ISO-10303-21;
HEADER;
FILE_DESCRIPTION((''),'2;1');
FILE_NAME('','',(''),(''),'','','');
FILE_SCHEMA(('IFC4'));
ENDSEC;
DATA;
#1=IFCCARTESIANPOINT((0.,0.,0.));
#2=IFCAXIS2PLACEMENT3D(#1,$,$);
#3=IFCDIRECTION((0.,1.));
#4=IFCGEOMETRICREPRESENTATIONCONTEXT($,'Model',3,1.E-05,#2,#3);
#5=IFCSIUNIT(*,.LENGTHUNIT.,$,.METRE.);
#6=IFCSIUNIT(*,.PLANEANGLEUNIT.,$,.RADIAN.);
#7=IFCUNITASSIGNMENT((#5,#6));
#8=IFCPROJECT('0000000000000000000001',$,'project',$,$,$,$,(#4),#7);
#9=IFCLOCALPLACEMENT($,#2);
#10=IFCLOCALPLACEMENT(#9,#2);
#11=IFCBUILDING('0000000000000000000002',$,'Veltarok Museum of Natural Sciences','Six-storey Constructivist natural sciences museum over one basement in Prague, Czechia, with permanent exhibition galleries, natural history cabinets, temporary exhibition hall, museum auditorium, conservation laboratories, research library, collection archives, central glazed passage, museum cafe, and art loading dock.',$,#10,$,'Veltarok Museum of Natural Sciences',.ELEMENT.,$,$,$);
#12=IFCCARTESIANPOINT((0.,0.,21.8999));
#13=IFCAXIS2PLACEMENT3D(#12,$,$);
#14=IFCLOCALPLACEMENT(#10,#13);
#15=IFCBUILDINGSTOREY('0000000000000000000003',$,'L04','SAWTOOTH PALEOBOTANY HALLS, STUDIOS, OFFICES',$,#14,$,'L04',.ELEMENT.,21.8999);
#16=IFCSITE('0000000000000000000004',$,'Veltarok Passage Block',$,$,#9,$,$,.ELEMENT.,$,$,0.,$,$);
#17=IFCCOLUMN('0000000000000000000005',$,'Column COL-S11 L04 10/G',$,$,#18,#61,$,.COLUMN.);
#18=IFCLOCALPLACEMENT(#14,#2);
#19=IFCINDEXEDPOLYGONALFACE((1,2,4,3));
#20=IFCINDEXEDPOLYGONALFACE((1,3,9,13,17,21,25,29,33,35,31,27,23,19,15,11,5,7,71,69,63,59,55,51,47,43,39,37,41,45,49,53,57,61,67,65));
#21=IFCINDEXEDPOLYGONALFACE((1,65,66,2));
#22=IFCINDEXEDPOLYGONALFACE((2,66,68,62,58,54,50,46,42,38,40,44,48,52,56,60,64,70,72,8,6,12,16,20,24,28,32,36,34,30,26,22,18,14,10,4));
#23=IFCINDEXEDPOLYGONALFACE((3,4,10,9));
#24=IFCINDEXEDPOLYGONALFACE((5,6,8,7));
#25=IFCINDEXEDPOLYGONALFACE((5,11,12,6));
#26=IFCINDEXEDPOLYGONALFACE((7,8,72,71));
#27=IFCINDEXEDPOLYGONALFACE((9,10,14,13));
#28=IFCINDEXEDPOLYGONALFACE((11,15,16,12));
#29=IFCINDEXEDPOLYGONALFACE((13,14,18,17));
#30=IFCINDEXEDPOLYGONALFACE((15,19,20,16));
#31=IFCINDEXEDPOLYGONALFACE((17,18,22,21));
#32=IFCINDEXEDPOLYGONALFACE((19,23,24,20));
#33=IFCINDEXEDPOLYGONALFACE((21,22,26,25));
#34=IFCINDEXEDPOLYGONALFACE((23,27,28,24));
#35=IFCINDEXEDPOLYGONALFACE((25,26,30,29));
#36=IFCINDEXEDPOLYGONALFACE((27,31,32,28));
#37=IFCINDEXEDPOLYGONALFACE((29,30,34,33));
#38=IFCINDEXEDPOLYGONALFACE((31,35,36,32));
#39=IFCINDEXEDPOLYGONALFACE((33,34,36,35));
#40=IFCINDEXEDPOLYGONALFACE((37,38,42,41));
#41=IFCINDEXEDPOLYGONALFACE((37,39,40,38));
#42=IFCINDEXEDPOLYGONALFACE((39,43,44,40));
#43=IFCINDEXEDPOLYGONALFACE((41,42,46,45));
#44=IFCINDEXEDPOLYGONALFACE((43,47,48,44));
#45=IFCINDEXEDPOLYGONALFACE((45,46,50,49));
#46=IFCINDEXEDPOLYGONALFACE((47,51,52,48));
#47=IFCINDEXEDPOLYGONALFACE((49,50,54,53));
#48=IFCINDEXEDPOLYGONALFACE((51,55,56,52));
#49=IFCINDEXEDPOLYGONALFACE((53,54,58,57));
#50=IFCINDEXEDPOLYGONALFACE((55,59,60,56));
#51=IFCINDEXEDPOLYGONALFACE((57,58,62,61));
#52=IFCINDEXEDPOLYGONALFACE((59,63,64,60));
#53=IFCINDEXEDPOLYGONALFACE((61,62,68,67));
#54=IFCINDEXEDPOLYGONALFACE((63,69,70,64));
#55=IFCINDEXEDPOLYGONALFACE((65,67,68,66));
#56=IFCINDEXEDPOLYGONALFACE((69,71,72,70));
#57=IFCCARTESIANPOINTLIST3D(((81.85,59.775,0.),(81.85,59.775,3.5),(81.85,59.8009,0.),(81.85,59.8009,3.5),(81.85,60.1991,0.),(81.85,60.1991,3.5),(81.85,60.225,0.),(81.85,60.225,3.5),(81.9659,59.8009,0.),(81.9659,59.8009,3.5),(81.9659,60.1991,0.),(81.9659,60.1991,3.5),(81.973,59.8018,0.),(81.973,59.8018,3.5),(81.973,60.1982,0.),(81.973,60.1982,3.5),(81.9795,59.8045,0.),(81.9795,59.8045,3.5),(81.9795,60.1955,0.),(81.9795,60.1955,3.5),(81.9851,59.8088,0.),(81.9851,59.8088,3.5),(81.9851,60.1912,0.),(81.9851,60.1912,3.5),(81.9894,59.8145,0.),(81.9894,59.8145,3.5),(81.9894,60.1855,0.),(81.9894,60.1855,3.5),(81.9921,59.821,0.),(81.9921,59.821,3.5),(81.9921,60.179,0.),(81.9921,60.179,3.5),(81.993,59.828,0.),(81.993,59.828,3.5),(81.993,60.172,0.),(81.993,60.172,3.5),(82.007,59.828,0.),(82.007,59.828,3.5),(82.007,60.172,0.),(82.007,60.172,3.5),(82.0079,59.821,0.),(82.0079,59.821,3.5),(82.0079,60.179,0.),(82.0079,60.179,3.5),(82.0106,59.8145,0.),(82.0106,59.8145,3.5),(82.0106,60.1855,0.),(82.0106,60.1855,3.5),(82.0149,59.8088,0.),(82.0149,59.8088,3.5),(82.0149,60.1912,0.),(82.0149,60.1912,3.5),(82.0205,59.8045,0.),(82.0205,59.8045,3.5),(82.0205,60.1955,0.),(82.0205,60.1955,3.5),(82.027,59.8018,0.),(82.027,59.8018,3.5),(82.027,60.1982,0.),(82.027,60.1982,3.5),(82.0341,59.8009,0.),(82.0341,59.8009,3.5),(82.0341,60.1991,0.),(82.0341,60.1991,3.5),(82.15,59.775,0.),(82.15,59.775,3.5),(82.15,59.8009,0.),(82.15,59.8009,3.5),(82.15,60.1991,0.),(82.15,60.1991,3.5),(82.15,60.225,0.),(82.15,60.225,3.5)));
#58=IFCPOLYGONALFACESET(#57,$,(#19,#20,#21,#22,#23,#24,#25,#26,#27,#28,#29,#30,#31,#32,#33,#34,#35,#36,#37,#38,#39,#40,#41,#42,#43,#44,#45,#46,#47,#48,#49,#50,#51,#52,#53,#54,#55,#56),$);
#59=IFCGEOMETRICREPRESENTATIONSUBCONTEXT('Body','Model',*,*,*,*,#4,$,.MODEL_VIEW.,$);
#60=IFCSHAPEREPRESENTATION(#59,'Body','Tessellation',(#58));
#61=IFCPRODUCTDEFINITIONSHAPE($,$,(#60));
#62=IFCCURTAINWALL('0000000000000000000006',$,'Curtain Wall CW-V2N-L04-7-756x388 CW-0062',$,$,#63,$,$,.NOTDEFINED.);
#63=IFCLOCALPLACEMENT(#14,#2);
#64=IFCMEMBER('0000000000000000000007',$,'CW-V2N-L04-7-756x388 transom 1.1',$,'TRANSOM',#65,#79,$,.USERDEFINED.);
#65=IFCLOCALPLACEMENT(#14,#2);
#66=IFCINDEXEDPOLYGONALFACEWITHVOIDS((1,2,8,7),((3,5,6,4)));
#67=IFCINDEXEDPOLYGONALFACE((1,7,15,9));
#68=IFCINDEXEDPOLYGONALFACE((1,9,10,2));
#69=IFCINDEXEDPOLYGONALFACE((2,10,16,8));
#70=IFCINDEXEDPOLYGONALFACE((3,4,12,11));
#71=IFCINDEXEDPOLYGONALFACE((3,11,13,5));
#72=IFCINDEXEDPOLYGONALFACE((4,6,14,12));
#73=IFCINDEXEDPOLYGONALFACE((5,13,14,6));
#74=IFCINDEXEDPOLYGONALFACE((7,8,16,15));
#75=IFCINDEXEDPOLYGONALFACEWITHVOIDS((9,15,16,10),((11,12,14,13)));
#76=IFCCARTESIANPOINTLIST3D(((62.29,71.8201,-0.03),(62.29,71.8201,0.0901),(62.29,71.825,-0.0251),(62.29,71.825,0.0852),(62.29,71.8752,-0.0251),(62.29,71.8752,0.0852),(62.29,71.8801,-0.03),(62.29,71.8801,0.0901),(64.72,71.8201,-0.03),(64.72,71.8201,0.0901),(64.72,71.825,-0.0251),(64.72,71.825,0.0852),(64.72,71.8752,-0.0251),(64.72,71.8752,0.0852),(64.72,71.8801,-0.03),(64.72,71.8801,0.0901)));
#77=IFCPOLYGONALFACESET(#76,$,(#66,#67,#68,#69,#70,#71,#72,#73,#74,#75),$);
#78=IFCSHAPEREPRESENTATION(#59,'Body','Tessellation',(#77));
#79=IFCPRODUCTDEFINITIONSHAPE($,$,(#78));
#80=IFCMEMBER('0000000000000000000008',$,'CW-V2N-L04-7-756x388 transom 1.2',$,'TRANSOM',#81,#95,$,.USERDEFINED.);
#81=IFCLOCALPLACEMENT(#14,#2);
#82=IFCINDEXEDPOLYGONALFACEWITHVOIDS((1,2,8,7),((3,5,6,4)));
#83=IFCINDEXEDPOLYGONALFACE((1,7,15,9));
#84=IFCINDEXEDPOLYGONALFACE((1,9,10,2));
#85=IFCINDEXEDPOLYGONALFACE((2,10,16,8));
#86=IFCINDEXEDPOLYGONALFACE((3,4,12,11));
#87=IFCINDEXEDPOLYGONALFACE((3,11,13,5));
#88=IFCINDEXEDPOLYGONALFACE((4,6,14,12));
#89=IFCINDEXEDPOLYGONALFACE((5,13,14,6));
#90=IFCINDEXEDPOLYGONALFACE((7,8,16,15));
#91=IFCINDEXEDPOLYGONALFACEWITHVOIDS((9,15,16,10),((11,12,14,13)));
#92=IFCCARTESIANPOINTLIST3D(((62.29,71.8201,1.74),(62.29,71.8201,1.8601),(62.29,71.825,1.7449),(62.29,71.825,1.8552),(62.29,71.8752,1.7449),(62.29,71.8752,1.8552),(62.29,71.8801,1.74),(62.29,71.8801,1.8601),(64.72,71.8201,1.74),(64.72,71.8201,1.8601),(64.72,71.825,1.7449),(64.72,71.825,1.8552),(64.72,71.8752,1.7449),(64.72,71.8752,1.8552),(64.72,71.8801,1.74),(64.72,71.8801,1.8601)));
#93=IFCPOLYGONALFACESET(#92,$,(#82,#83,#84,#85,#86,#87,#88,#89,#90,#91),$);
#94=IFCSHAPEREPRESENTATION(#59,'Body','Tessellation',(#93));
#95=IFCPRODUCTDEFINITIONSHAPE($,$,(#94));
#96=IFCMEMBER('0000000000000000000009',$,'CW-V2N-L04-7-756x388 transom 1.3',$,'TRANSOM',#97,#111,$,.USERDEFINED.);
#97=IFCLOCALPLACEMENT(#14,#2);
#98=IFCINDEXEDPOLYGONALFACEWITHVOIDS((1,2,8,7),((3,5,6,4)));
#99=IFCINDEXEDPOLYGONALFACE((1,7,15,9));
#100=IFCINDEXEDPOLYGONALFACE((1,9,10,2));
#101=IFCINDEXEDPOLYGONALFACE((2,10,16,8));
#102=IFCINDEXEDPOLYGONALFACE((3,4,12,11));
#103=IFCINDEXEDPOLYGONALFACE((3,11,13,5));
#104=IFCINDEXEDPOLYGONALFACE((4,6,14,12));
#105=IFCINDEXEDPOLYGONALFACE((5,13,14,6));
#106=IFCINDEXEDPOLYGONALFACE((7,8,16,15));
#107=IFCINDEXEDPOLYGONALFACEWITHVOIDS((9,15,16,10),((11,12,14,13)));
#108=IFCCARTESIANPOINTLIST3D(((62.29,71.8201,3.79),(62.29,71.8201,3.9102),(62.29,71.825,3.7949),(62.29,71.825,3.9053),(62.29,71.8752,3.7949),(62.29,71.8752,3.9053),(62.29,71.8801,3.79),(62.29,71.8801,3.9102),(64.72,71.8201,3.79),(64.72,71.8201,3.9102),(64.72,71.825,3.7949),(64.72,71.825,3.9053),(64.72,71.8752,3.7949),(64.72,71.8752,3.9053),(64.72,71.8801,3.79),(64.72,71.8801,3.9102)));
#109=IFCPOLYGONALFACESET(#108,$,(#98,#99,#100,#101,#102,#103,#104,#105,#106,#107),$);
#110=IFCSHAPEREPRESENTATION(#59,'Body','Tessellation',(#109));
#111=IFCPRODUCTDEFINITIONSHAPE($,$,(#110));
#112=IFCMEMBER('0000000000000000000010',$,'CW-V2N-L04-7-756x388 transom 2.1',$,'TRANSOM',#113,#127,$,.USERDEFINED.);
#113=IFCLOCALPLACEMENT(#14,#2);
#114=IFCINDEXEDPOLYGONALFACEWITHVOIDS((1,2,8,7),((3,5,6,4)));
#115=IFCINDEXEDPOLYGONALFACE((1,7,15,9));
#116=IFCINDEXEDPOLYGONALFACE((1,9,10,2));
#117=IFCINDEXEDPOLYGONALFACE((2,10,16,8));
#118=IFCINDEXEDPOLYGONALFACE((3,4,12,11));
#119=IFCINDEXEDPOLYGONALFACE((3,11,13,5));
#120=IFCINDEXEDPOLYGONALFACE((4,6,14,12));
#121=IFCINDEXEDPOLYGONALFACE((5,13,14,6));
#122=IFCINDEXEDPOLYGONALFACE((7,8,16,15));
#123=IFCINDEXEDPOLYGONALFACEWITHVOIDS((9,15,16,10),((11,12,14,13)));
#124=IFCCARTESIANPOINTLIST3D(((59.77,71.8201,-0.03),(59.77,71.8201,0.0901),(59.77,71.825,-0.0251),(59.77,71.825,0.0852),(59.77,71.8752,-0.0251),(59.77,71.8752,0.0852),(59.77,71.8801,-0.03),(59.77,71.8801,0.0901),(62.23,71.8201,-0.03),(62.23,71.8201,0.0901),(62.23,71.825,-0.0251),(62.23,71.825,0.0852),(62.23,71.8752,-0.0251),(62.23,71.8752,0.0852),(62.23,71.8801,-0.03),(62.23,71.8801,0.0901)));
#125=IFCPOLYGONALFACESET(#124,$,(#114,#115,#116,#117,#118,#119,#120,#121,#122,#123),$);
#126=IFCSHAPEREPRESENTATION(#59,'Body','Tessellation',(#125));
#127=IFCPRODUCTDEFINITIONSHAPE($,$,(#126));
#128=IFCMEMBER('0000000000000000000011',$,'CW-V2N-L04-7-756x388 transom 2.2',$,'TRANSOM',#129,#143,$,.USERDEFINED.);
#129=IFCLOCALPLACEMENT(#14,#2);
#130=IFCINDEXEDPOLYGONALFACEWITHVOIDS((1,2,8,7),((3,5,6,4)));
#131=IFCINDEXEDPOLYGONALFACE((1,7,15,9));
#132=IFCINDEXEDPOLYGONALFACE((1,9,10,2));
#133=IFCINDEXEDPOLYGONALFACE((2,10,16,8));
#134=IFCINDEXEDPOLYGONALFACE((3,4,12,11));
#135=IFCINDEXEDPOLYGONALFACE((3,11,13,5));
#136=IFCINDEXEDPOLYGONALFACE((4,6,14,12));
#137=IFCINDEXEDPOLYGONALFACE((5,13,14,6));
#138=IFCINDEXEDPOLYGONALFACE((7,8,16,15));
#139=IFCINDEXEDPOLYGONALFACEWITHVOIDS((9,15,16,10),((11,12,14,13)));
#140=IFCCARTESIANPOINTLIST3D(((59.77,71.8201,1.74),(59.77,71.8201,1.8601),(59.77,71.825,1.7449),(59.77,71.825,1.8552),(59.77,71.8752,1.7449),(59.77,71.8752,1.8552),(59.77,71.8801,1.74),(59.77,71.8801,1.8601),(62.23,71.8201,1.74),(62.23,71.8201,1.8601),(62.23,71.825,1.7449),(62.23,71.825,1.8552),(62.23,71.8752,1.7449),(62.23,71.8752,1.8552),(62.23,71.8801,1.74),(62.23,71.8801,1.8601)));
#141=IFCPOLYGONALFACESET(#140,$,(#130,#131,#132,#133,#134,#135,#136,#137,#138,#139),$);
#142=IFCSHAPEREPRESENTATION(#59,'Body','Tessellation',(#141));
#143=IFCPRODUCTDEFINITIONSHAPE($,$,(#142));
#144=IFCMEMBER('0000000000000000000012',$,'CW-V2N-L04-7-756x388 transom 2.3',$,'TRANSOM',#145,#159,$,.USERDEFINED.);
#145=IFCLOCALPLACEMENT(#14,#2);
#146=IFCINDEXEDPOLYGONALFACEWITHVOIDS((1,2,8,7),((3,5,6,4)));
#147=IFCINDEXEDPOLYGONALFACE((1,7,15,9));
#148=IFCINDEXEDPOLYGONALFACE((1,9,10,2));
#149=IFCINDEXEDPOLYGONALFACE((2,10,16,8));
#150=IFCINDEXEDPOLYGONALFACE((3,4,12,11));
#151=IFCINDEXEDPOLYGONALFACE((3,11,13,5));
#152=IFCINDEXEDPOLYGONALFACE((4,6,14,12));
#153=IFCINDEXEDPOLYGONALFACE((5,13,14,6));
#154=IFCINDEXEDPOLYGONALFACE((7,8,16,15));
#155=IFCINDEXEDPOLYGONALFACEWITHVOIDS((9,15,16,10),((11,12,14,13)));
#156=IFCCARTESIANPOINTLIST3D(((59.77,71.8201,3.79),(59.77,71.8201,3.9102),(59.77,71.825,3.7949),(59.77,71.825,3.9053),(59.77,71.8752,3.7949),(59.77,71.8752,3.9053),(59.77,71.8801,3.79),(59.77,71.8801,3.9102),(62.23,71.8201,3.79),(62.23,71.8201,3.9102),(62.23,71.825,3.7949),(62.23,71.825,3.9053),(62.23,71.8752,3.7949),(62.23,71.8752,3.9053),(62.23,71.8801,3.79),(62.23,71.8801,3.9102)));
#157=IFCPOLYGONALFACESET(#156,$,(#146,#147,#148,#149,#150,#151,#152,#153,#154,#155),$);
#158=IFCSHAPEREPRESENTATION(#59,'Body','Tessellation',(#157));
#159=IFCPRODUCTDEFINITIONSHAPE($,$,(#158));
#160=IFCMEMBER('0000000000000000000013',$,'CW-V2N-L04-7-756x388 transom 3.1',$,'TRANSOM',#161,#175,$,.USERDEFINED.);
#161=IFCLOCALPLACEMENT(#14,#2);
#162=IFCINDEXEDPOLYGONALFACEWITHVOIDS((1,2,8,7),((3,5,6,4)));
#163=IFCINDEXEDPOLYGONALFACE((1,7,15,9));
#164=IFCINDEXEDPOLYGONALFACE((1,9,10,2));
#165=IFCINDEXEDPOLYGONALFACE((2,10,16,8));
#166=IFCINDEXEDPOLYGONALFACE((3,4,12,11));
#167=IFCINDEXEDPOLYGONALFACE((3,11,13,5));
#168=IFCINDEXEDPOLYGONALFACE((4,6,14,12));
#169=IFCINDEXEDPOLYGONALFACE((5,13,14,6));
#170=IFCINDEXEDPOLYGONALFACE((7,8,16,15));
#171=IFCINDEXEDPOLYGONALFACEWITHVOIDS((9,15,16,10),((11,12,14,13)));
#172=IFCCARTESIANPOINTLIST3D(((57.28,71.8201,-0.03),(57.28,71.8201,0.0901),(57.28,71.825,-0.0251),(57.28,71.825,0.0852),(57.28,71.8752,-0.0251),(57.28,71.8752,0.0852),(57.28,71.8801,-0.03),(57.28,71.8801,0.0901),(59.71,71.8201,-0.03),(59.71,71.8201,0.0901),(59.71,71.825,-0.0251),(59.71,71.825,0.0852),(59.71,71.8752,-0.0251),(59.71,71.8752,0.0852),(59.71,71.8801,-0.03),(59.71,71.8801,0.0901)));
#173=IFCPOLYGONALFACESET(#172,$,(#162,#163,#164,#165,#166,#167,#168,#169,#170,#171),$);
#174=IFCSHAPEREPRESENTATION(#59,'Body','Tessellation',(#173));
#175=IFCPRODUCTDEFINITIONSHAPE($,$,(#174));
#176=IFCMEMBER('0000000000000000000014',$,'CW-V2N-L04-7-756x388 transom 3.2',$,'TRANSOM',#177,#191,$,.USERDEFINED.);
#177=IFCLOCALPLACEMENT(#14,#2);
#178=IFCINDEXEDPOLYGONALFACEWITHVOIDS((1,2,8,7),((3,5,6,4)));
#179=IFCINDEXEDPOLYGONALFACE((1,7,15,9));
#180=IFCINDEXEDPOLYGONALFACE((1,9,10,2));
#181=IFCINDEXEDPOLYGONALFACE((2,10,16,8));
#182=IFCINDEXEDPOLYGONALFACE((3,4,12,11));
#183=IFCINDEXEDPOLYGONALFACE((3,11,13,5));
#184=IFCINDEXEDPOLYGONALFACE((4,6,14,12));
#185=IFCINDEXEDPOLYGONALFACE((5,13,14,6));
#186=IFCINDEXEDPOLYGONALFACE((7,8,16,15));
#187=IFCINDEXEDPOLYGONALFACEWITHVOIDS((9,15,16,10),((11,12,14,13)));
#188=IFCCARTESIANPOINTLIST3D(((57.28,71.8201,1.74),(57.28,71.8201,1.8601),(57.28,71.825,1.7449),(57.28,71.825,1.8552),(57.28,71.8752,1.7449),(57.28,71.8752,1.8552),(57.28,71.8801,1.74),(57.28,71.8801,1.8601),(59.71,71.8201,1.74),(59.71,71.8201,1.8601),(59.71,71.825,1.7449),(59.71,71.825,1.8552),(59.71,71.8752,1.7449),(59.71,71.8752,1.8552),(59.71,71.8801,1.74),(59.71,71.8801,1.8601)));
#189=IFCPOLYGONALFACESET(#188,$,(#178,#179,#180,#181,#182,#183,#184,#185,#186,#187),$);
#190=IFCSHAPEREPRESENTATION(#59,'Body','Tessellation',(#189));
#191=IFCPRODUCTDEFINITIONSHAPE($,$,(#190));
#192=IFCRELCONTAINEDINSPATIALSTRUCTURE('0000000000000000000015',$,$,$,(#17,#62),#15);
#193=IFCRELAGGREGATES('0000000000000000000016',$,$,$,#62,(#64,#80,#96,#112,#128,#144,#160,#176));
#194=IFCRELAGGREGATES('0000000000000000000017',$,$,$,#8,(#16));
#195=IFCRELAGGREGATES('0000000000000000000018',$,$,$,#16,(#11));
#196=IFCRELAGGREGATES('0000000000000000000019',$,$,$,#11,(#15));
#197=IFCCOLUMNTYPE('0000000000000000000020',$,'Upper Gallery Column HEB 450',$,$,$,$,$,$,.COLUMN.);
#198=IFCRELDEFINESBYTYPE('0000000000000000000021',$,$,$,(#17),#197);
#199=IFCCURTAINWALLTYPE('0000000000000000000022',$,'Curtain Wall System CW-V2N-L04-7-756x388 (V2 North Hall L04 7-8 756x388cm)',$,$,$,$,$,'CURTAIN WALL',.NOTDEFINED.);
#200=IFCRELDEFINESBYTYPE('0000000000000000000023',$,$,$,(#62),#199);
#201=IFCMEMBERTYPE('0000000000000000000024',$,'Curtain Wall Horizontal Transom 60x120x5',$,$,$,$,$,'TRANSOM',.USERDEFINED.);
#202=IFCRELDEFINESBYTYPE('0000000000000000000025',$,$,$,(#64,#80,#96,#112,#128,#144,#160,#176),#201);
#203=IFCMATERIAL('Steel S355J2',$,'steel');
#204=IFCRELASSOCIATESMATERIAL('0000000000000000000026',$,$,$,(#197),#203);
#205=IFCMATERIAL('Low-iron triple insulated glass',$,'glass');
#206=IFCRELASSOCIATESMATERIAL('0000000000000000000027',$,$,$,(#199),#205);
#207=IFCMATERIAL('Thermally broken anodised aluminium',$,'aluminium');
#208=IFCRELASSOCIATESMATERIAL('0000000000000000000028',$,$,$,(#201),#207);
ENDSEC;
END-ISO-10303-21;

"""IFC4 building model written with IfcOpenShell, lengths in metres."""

from ifc_helpers import new_model, si_unit, direction, frame, origin, origin_2d, place, context, subcontext, project, spatial, hollow_rectangle, i_section, extrude, material, material_profile, profile_set, type_object, element, aggregate, save


model = new_model("IFC4")

# Units and contexts
model_context = context("Model", 3, precision=1e-05, world=origin(), true_north=direction((0.0, 1.0)))
body_context = subcontext(model_context, "Body", "Model", "MODEL_VIEW")
ifc_project = project(units=[si_unit("LENGTHUNIT", "METRE"), si_unit("PLANEANGLEUNIT", "RADIAN")], contexts=[model_context])

# Site, building, storey
site_placement = place(None, origin())
site = spatial("IfcSite", under=ifc_project, at=site_placement, Name="Veltarok Passage Block", CompositionType="ELEMENT", RefElevation=0.0)
building_placement = place(site_placement, origin())
building = spatial("IfcBuilding", under=site, at=building_placement, Name="Veltarok Museum of Natural Sciences", Description="Six-storey Constructivist natural sciences museum over one basement in Prague, Czechia, with permanent exhibition galleries, natural history cabinets, temporary exhibition hall, museum auditorium, conservation laboratories, research library, collection archives, central glazed passage, museum cafe, and art loading dock.", LongName="Veltarok Museum of Natural Sciences", CompositionType="ELEMENT")
storey_placement = place(building_placement, frame((0.0, 0.0, 21.8999)))
storey = spatial("IfcBuildingStorey", under=building, at=storey_placement, Name="L04", Description="SAWTOOTH PALEOBOTANY HALLS, STUDIOS, OFFICES", LongName="L04", CompositionType="ELEMENT", Elevation=21.8999)

# Column
ifc_material_1 = material(Name="Steel S355J2", Category="steel")
ifc_material_profile_1 = material_profile(ifc_material_1, i_section(OverallWidth=0.3, OverallDepth=0.45, WebThickness=0.0139, FlangeThickness=0.0259, FilletRadius=0.0271, at=origin_2d()), Name="HEB 450")
ifc_profile_set_1 = profile_set([ifc_material_profile_1], Name="Steel S355J2")
column_type = type_object("IfcColumnType", Name="Upper Gallery Column HEB 450", PredefinedType="COLUMN", material=ifc_profile_set_1)
column_placement = place(storey_placement, frame((82.0, 60.0, 0.0), z_axis=(0.0, 0.0, 1.0), x_axis=(1.0, 0.0, 0.0)))
element("IfcColumn", 1, at=column_placement, inside=storey, type_object=column_type, Name="Column COL-S11 L04 10/G", PredefinedType="COLUMN", context=body_context, shape_type="SweptSolid", body=[
    extrude(i_section(OverallWidth=0.3, OverallDepth=0.45, WebThickness=0.0139, FlangeThickness=0.0259, FilletRadius=0.0271, at=origin_2d()), origin(), (0.0, 0.0, 1.0), 3.5),
])

# Curtain wall, members
ifc_material_2 = material(Name="Low-iron triple insulated glass", Category="glass")
curtain_wall_type_1 = type_object("IfcCurtainWallType", Name="Curtain Wall System CW-V2N-L04-7-756x388 (V2 North Hall L04 7-8 756x388cm)", ElementType="CURTAIN WALL", PredefinedType="NOTDEFINED", material=ifc_material_2)
curtain_wall_1_placement = place(storey_placement, origin())
curtain_wall_1 = element("IfcCurtainWall", 2, at=curtain_wall_1_placement, inside=storey, type_object=curtain_wall_type_1, Name="Curtain Wall CW-V2N-L04-7-756x388 CW-0062", PredefinedType="NOTDEFINED")
ifc_material_3 = material(Name="Thermally broken anodised aluminium", Category="aluminium")
ifc_material_profile_2 = material_profile(ifc_material_3, hollow_rectangle(XDim=0.0601, YDim=0.1201, WallThickness=0.0049, at=origin_2d()), Name="CW TRANSOM 60x120x5")
ifc_profile_set_2 = profile_set([ifc_material_profile_2], Name="Thermally broken anodised aluminium")
member_type_1 = type_object("IfcMemberType", Name="Curtain Wall Horizontal Transom 60x120x5", ElementType="TRANSOM", PredefinedType="USERDEFINED", material=ifc_profile_set_2)
member_1_placement = place(storey_placement, frame((64.72, 71.8501, 0.03), z_axis=(-1.0, 0.0, 0.0), x_axis=(0.0, -1.0, 0.0)))
member_1 = element("IfcMember", 3, at=member_1_placement, type_object=member_type_1, Name="CW-V2N-L04-7-756x388 transom 1.1", ObjectType="TRANSOM", PredefinedType="USERDEFINED", context=body_context, shape_type="SweptSolid", body=[
    extrude(hollow_rectangle(XDim=0.0601, YDim=0.1201, WallThickness=0.0049, at=origin_2d()), origin(), (0.0, 0.0, 1.0), 2.4299),
])
member_2_placement = place(storey_placement, frame((64.72, 71.8501, 1.8), z_axis=(-1.0, 0.0, 0.0), x_axis=(0.0, -1.0, 0.0)))
member_2 = element("IfcMember", 4, at=member_2_placement, type_object=member_type_1, Name="CW-V2N-L04-7-756x388 transom 1.2", ObjectType="TRANSOM", PredefinedType="USERDEFINED", context=body_context, shape_type="SweptSolid", body=[
    extrude(hollow_rectangle(XDim=0.0601, YDim=0.1201, WallThickness=0.0049, at=origin_2d()), origin(), (0.0, 0.0, 1.0), 2.4299),
])
member_3_placement = place(storey_placement, frame((64.72, 71.8501, 3.8501), z_axis=(-1.0, 0.0, 0.0), x_axis=(0.0, -1.0, 0.0)))
member_3 = element("IfcMember", 5, at=member_3_placement, type_object=member_type_1, Name="CW-V2N-L04-7-756x388 transom 1.3", ObjectType="TRANSOM", PredefinedType="USERDEFINED", context=body_context, shape_type="SweptSolid", body=[
    extrude(hollow_rectangle(XDim=0.0601, YDim=0.1201, WallThickness=0.0049, at=origin_2d()), origin(), (0.0, 0.0, 1.0), 2.4299),
])
member_4_placement = place(storey_placement, frame((62.23, 71.8501, 0.03), z_axis=(-1.0, 0.0, 0.0), x_axis=(0.0, -1.0, 0.0)))
member_4 = element("IfcMember", 6, at=member_4_placement, type_object=member_type_1, Name="CW-V2N-L04-7-756x388 transom 2.1", ObjectType="TRANSOM", PredefinedType="USERDEFINED", context=body_context, shape_type="SweptSolid", body=[
    extrude(hollow_rectangle(XDim=0.0601, YDim=0.1201, WallThickness=0.0049, at=origin_2d()), origin(), (0.0, 0.0, 1.0), 2.46),
])
member_5_placement = place(storey_placement, frame((62.23, 71.8501, 1.8), z_axis=(-1.0, 0.0, 0.0), x_axis=(0.0, -1.0, 0.0)))
member_5 = element("IfcMember", 7, at=member_5_placement, type_object=member_type_1, Name="CW-V2N-L04-7-756x388 transom 2.2", ObjectType="TRANSOM", PredefinedType="USERDEFINED", context=body_context, shape_type="SweptSolid", body=[
    extrude(hollow_rectangle(XDim=0.0601, YDim=0.1201, WallThickness=0.0049, at=origin_2d()), origin(), (0.0, 0.0, 1.0), 2.46),
])
member_6_placement = place(storey_placement, frame((62.23, 71.8501, 3.8501), z_axis=(-1.0, 0.0, 0.0), x_axis=(0.0, -1.0, 0.0)))
member_6 = element("IfcMember", 8, at=member_6_placement, type_object=member_type_1, Name="CW-V2N-L04-7-756x388 transom 2.3", ObjectType="TRANSOM", PredefinedType="USERDEFINED", context=body_context, shape_type="SweptSolid", body=[
    extrude(hollow_rectangle(XDim=0.0601, YDim=0.1201, WallThickness=0.0049, at=origin_2d()), origin(), (0.0, 0.0, 1.0), 2.46),
])
member_7_placement = place(storey_placement, frame((59.71, 71.8501, 0.03), z_axis=(-1.0, 0.0, 0.0), x_axis=(0.0, -1.0, 0.0)))
member_7 = element("IfcMember", 9, at=member_7_placement, type_object=member_type_1, Name="CW-V2N-L04-7-756x388 transom 3.1", ObjectType="TRANSOM", PredefinedType="USERDEFINED", context=body_context, shape_type="SweptSolid", body=[
    extrude(hollow_rectangle(XDim=0.0601, YDim=0.1201, WallThickness=0.0049, at=origin_2d()), origin(), (0.0, 0.0, 1.0), 2.4299),
])
member_8_placement = place(storey_placement, frame((59.71, 71.8501, 1.8), z_axis=(-1.0, 0.0, 0.0), x_axis=(0.0, -1.0, 0.0)))
member_8 = element("IfcMember", 10, at=member_8_placement, type_object=member_type_1, Name="CW-V2N-L04-7-756x388 transom 3.2", ObjectType="TRANSOM", PredefinedType="USERDEFINED", context=body_context, shape_type="SweptSolid", body=[
    extrude(hollow_rectangle(XDim=0.0601, YDim=0.1201, WallThickness=0.0049, at=origin_2d()), origin(), (0.0, 0.0, 1.0), 2.4299),
])

aggregate(curtain_wall_1, [member_1, member_2, member_3, member_4, member_5, member_6, member_7, member_8])

save(model, "model.ifc")
